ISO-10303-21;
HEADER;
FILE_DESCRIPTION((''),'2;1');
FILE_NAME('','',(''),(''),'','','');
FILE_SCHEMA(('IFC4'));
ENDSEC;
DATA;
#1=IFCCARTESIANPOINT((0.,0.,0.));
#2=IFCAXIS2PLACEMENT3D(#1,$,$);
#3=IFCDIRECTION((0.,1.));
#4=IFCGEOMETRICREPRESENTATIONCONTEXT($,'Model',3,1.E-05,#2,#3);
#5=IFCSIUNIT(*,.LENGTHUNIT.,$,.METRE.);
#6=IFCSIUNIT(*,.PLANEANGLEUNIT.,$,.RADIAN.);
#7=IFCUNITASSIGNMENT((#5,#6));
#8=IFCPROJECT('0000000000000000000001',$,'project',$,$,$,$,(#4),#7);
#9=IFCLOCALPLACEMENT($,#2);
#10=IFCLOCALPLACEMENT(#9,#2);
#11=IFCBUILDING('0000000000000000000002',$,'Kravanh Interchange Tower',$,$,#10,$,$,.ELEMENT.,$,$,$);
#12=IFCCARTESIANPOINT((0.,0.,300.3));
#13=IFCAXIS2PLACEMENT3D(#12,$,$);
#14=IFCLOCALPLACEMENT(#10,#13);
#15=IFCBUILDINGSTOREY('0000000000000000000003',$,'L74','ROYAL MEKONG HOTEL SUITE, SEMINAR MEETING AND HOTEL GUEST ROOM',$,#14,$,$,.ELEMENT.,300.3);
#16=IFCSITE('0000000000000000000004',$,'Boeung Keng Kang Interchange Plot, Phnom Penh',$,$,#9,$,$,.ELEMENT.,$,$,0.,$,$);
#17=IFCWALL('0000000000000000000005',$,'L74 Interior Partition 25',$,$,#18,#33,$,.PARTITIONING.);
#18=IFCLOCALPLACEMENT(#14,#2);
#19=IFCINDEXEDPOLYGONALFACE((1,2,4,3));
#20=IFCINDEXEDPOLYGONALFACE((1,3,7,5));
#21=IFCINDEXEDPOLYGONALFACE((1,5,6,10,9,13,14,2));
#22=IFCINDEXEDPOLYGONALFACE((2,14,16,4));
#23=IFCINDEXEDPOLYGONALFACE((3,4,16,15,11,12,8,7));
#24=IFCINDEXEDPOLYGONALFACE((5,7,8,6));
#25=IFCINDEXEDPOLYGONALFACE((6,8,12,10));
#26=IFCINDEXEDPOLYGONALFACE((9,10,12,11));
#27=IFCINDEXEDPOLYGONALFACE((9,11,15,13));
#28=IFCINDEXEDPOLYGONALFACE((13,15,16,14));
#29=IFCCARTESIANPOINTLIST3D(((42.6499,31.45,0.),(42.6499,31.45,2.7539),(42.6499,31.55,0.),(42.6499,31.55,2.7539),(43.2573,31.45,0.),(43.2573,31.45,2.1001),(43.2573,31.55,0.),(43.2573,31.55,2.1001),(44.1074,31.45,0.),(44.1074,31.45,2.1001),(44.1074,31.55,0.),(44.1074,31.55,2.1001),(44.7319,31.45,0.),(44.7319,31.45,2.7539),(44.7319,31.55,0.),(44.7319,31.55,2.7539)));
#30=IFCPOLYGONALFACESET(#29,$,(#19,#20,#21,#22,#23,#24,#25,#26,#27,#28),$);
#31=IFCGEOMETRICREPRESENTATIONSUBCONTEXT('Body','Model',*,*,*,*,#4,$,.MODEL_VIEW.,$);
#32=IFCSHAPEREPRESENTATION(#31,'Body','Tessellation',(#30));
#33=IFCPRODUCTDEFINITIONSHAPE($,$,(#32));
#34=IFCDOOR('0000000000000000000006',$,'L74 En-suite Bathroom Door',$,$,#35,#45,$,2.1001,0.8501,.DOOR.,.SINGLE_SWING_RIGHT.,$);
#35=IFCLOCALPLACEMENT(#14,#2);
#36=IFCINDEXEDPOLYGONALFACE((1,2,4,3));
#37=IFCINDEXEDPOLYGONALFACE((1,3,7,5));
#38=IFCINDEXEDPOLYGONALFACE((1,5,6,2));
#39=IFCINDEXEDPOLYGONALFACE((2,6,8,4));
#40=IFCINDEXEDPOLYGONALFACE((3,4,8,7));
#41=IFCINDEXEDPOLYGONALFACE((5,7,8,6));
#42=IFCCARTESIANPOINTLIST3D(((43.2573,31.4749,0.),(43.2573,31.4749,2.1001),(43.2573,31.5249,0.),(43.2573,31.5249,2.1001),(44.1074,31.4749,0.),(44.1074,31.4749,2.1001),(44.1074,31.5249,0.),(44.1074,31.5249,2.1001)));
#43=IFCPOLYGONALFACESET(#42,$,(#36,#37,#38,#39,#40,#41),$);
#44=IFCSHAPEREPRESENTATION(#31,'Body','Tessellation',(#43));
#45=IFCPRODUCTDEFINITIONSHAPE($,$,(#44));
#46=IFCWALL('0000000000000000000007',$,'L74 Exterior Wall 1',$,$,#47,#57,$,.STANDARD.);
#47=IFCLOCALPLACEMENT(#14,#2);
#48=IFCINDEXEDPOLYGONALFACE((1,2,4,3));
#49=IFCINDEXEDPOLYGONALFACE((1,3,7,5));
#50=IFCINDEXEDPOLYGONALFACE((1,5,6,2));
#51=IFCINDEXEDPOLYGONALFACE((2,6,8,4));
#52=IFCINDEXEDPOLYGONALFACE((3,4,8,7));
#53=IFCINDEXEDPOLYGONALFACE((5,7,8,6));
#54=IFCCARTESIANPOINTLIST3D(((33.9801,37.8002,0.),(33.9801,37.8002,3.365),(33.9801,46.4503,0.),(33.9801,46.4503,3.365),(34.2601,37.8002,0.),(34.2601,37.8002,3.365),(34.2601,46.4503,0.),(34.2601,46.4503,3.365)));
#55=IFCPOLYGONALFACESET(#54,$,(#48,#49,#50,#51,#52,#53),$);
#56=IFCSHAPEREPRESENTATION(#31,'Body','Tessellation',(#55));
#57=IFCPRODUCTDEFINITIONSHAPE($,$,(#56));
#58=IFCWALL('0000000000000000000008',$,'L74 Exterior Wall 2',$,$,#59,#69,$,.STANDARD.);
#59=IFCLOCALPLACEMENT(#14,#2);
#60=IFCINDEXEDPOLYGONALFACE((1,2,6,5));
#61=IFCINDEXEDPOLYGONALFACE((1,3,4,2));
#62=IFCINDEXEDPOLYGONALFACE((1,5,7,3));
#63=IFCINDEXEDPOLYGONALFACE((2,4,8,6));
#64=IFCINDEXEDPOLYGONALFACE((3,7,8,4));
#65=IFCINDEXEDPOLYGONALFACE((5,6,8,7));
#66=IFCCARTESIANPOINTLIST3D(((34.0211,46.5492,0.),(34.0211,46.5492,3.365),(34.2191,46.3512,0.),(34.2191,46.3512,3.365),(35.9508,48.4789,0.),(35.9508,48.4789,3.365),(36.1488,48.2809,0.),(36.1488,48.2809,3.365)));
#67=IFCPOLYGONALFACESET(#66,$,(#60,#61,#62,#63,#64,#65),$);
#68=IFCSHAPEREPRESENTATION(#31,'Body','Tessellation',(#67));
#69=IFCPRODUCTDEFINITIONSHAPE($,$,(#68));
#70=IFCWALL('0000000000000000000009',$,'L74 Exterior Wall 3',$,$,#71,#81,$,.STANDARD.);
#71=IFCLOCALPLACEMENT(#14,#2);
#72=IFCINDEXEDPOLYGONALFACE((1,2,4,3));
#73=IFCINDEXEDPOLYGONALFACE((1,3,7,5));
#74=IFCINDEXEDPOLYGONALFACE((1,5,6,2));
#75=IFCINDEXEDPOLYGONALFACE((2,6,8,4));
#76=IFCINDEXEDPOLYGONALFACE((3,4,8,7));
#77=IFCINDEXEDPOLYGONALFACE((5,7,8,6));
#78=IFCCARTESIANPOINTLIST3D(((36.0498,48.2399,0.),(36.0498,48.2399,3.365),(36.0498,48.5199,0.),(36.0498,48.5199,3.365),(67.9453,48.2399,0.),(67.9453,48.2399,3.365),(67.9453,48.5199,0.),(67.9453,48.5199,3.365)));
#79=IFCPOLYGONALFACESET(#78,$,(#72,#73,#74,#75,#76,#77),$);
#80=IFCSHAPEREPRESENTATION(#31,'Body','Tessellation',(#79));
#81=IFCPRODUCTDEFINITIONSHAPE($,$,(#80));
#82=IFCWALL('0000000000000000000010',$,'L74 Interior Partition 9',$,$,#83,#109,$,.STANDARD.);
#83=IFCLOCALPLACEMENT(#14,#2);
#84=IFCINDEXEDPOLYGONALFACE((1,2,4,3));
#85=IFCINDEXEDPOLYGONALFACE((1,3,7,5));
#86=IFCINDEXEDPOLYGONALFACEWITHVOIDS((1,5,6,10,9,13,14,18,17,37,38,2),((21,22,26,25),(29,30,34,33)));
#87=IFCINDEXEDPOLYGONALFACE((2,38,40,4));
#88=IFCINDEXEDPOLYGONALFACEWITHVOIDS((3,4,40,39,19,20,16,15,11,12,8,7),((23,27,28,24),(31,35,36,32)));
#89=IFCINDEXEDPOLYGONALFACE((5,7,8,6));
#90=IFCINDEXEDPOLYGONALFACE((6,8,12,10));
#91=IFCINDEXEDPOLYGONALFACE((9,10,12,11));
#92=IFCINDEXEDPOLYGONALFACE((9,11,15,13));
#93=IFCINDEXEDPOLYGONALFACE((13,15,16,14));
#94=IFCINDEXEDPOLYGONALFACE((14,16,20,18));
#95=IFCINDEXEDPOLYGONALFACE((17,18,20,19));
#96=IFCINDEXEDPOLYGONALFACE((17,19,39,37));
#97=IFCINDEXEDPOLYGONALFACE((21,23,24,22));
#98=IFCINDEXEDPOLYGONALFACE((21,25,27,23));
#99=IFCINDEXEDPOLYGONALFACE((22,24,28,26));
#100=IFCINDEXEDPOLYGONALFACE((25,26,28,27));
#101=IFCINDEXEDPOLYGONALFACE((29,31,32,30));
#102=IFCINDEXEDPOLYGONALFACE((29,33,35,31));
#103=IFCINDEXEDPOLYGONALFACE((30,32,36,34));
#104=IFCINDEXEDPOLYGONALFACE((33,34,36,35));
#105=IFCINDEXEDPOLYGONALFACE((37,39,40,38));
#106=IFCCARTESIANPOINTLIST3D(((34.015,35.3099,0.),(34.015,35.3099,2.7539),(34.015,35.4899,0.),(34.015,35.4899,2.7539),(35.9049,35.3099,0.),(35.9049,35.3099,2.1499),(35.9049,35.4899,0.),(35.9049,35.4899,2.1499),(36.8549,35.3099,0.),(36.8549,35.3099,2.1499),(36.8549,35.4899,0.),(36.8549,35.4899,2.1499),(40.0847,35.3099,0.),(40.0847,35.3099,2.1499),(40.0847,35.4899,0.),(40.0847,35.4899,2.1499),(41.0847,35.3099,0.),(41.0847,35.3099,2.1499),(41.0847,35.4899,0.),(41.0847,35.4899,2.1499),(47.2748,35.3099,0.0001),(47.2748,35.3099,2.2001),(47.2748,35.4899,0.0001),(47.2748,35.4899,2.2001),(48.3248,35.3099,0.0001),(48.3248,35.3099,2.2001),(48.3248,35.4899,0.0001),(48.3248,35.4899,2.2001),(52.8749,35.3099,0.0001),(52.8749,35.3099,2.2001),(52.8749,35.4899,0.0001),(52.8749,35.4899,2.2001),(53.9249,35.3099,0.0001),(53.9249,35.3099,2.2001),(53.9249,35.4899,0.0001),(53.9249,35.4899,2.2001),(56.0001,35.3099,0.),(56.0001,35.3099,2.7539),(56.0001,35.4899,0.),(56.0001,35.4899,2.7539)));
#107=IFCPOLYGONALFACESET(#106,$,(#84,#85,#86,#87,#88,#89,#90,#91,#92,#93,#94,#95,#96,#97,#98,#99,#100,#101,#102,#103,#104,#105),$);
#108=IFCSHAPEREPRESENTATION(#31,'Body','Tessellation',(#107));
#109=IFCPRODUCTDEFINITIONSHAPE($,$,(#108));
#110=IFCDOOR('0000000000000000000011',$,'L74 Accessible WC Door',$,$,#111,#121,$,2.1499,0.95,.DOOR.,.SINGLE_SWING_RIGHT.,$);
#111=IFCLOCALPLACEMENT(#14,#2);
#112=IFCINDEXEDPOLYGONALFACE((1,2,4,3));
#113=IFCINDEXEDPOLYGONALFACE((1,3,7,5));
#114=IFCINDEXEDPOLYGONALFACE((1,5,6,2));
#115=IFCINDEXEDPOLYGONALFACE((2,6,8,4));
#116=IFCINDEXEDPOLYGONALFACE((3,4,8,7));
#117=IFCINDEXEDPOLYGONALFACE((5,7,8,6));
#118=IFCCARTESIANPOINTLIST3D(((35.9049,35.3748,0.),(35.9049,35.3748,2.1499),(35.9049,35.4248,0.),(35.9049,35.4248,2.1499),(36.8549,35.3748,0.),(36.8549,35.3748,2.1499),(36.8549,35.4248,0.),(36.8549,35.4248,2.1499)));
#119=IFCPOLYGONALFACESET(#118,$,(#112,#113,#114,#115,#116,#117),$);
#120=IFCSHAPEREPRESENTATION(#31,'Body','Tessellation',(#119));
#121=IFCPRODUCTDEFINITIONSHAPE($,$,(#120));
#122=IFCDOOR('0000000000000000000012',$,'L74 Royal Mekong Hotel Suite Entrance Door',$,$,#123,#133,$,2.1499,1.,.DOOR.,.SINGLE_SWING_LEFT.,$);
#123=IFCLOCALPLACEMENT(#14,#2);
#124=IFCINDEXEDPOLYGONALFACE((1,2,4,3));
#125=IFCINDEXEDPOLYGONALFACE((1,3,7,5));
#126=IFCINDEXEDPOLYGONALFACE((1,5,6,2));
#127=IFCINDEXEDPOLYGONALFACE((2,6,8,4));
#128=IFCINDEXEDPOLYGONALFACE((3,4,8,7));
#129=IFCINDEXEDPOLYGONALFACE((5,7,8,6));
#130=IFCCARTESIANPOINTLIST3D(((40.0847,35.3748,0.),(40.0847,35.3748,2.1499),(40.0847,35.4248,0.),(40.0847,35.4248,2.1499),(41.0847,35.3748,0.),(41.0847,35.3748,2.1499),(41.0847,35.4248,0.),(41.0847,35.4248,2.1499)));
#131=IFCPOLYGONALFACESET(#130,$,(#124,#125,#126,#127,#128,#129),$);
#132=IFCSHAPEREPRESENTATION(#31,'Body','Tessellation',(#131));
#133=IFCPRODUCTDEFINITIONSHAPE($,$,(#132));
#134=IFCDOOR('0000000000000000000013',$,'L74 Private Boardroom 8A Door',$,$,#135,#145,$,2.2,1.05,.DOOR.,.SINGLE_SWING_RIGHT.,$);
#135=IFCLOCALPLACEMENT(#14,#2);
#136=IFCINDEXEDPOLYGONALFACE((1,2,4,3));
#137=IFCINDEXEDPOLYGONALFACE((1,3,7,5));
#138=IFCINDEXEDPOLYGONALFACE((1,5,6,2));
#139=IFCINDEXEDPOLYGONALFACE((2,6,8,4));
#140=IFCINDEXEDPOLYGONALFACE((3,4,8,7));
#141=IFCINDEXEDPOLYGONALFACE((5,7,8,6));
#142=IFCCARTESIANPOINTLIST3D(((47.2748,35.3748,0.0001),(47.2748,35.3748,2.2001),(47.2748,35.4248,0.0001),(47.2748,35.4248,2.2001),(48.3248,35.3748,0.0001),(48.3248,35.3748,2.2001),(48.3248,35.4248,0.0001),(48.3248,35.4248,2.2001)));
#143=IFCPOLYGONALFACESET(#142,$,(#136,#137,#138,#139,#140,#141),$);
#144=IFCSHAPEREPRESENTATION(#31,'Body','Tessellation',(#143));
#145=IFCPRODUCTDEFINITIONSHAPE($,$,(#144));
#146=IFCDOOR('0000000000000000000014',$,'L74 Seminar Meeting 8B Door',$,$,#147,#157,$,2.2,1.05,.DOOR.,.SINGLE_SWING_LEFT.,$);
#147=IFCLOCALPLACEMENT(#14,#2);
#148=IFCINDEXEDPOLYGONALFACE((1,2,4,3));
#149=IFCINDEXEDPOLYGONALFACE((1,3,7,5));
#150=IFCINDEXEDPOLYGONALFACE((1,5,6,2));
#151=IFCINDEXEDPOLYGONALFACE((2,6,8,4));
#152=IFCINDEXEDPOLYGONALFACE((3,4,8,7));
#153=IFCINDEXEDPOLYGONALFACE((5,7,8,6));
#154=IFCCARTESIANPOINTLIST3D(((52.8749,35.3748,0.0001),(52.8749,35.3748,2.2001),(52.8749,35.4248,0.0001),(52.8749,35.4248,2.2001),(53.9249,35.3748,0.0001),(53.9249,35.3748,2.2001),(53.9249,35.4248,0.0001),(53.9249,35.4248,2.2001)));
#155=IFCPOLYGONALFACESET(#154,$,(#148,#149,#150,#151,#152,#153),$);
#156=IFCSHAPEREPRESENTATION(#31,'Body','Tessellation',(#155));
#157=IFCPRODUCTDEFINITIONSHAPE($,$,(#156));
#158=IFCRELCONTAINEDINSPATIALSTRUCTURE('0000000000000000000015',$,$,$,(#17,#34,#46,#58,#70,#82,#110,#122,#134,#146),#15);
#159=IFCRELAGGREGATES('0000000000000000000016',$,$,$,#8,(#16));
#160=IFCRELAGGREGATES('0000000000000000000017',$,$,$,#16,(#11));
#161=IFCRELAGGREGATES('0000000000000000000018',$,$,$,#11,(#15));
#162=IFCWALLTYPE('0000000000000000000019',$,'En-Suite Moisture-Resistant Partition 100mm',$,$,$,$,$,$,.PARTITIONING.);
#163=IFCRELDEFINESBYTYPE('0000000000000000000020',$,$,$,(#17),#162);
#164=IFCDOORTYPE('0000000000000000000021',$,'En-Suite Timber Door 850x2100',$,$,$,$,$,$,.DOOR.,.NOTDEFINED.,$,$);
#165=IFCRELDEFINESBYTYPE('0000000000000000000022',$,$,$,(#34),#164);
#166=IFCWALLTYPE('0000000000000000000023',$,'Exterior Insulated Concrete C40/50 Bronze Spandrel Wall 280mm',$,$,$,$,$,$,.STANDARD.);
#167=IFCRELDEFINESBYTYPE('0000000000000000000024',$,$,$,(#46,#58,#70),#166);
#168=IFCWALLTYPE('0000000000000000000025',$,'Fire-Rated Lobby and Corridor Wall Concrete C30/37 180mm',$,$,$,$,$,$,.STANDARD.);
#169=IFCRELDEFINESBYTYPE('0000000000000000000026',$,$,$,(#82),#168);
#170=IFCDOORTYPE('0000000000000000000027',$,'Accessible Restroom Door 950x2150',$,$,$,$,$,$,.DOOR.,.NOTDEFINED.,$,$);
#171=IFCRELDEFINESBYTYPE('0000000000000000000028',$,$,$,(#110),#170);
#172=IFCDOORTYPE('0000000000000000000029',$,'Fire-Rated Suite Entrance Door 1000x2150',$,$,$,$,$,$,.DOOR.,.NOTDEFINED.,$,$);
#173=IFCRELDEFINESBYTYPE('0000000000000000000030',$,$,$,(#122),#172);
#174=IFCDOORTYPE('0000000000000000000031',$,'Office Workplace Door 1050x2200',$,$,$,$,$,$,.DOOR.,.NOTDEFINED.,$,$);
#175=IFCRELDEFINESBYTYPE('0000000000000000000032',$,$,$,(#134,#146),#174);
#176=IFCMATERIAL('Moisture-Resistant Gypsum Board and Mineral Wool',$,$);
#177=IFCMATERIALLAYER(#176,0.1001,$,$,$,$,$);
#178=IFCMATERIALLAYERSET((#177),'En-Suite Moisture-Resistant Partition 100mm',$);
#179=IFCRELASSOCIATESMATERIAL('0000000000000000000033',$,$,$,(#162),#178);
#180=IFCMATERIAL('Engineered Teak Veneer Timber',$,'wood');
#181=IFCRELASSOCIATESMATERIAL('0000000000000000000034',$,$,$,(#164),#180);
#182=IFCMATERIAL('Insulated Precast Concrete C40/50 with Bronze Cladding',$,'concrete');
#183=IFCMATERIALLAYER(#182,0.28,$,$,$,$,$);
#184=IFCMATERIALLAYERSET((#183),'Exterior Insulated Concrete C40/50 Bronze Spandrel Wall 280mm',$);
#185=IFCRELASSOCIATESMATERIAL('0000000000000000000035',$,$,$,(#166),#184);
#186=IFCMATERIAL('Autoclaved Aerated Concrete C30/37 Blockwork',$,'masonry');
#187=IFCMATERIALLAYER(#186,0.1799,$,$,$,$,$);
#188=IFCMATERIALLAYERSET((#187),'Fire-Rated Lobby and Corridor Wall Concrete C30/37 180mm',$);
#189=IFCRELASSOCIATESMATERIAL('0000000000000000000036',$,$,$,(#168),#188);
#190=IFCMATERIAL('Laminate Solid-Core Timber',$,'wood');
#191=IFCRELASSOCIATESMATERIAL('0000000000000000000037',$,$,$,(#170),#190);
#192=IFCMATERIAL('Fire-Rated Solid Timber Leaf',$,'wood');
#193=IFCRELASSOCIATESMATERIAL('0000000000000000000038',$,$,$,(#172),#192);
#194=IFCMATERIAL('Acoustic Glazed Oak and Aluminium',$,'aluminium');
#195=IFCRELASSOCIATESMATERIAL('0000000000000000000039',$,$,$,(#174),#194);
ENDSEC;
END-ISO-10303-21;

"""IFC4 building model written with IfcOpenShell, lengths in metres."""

from ifc_helpers import new_model, si_unit, direction, frame, frame_2d, origin, place, context, subcontext, project, spatial, rectangle, extrude, material, layer, layer_set, type_object, element, fill, save


model = new_model("IFC4")

# Units and contexts
model_context = context("Model", 3, precision=1e-05, world=origin(), true_north=direction((0.0, 1.0)))
body_context = subcontext(model_context, "Body", "Model", "MODEL_VIEW")
ifc_project = project(units=[si_unit("LENGTHUNIT", "METRE"), si_unit("PLANEANGLEUNIT", "RADIAN")], contexts=[model_context])

# Site, building, storey
site_placement = place(None, origin())
site = spatial("IfcSite", under=ifc_project, at=site_placement, Name="Boeung Keng Kang Interchange Plot, Phnom Penh", CompositionType="ELEMENT", RefElevation=0.0)
building_placement = place(site_placement, origin())
building = spatial("IfcBuilding", under=site, at=building_placement, Name="Kravanh Interchange Tower", CompositionType="ELEMENT")
storey_placement = place(building_placement, frame((0.0, 0.0, 300.3)))
storey = spatial("IfcBuildingStorey", under=building, at=storey_placement, Name="L74", Description="ROYAL MEKONG HOTEL SUITE, SEMINAR MEETING AND HOTEL GUEST ROOM", CompositionType="ELEMENT", Elevation=300.3)

# Shared definitions
ifc_material_1 = material(Name="Moisture-Resistant Gypsum Board and Mineral Wool")
ifc_layer_1 = layer(ifc_material_1, 0.1001)
ifc_layer_set_1 = layer_set([ifc_layer_1], Name="En-Suite Moisture-Resistant Partition 100mm")
wall_type_1 = type_object("IfcWallType", Name="En-Suite Moisture-Resistant Partition 100mm", PredefinedType="PARTITIONING", material=ifc_layer_set_1)

# Wall, opening, door
wall_1_placement = place(storey_placement, frame((42.6499, 31.5, 0.0), z_axis=(0.0, 0.0, 1.0), x_axis=(1.0, 0.0, 0.0)))
wall_1 = element("IfcWall", 1, at=wall_1_placement, inside=storey, type_object=wall_type_1, Name="L74 Interior Partition 25", PredefinedType="PARTITIONING", context=body_context, shape_type="SweptSolid", body=[
    extrude(rectangle(XDim=2.082, YDim=0.1001, at=frame_2d((1.041, 0.0))), origin(), (0.0, 0.0, 1.0), 2.7539),
])
opening_1_placement = place(wall_1_placement, frame((0.6074, 0.0, 0.0)))
opening_1 = element("IfcOpeningElement", 2, at=opening_1_placement, cuts=wall_1, PredefinedType="OPENING", context=body_context, shape_type="SweptSolid", body=[
    extrude(rectangle(XDim=0.8501, YDim=2.1001, at=frame_2d((0.425, 1.05))), frame((0.0, 0.0601, 0.0), z_axis=(0.0, -1.0, 0.0), x_axis=(1.0, 0.0, 0.0)), (0.0, 0.0, 1.0), 0.1201),
])
ifc_material_2 = material(Name="Engineered Teak Veneer Timber", Category="wood")
door_type_1 = type_object("IfcDoorType", Name="En-Suite Timber Door 850x2100", OperationType="NOTDEFINED", PredefinedType="DOOR", material=ifc_material_2)
door_1_placement = place(opening_1_placement, origin())
door_1 = element("IfcDoor", 3, at=door_1_placement, inside=storey, type_object=door_type_1, Name="L74 En-suite Bathroom Door", OperationType="SINGLE_SWING_RIGHT", OverallHeight=2.1001, OverallWidth=0.8501, PredefinedType="DOOR", context=body_context, shape_type="SweptSolid", body=[
    extrude(rectangle(XDim=0.8501, YDim=2.1001, at=frame_2d((0.425, 1.05))), frame((0.0, 0.0249, 0.0), z_axis=(0.0, -1.0, 0.0), x_axis=(1.0, 0.0, 0.0)), (0.0, 0.0, 1.0), 0.05),
])
fill(opening_1, door_1)

# Walls
ifc_material_3 = material(Name="Insulated Precast Concrete C40/50 with Bronze Cladding", Category="concrete")
ifc_layer_2 = layer(ifc_material_3, 0.28)
ifc_layer_set_2 = layer_set([ifc_layer_2], Name="Exterior Insulated Concrete C40/50 Bronze Spandrel Wall 280mm")
wall_type_2 = type_object("IfcWallType", Name="Exterior Insulated Concrete C40/50 Bronze Spandrel Wall 280mm", PredefinedType="STANDARD", material=ifc_layer_set_2)
wall_2_placement = place(storey_placement, frame((34.1201, 37.8, 0.0), z_axis=(0.0, 0.0, 1.0), x_axis=(0.0, 1.0, 0.0)))
element("IfcWall", 4, at=wall_2_placement, inside=storey, type_object=wall_type_2, Name="L74 Exterior Wall 1", PredefinedType="STANDARD", context=body_context, shape_type="SweptSolid", body=[
    extrude(rectangle(XDim=8.6501, YDim=0.28, at=frame_2d((4.3252, 0.0))), origin(), (0.0, 0.0, 1.0), 3.365),
])
wall_3_placement = place(storey_placement, frame((34.1201, 46.4502, 0.0), z_axis=(0.0, 0.0, 1.0), x_axis=(0.707107, 0.707107, 0.0)))
element("IfcWall", 5, at=wall_3_placement, inside=storey, type_object=wall_type_2, Name="L74 Exterior Wall 2", PredefinedType="STANDARD", context=body_context, shape_type="SweptSolid", body=[
    extrude(rectangle(XDim=2.729, YDim=0.28, at=frame_2d((1.3645, 0.0))), origin(), (0.0, 0.0, 1.0), 3.365),
])
wall_4_placement = place(storey_placement, frame((36.0498, 48.3799, 0.0), z_axis=(0.0, 0.0, 1.0), x_axis=(1.0, 0.0, 0.0)))
element("IfcWall", 6, at=wall_4_placement, inside=storey, type_object=wall_type_2, Name="L74 Exterior Wall 3", PredefinedType="STANDARD", context=body_context, shape_type="SweptSolid", body=[
    extrude(rectangle(XDim=31.8955, YDim=0.28, at=frame_2d((15.9478, 0.0))), origin(), (0.0, 0.0, 1.0), 3.365),
])

# Wall, openings, doors
ifc_material_4 = material(Name="Autoclaved Aerated Concrete C30/37 Blockwork", Category="masonry")
ifc_layer_3 = layer(ifc_material_4, 0.1799)
ifc_layer_set_3 = layer_set([ifc_layer_3], Name="Fire-Rated Lobby and Corridor Wall Concrete C30/37 180mm")
wall_type_3 = type_object("IfcWallType", Name="Fire-Rated Lobby and Corridor Wall Concrete C30/37 180mm", PredefinedType="STANDARD", material=ifc_layer_set_3)
wall_5_placement = place(storey_placement, frame((34.0149, 35.3999, 0.0), z_axis=(0.0, 0.0, 1.0), x_axis=(1.0, 0.0, 0.0)))
wall_5 = element("IfcWall", 7, at=wall_5_placement, inside=storey, type_object=wall_type_3, Name="L74 Interior Partition 9", PredefinedType="STANDARD", context=body_context, shape_type="SweptSolid", body=[
    extrude(rectangle(XDim=21.9851, YDim=0.1799, at=frame_2d((10.9927, 0.0))), origin(), (0.0, 0.0, 1.0), 2.7539),
])
opening_2_placement = place(wall_5_placement, frame((1.8899, 0.0, 0.0)))
opening_2 = element("IfcOpeningElement", 8, at=opening_2_placement, cuts=wall_5, PredefinedType="OPENING", context=body_context, shape_type="SweptSolid", body=[
    extrude(rectangle(XDim=0.95, YDim=2.1499, at=frame_2d((0.4751, 1.075))), frame((0.0, 0.1001, 0.0), z_axis=(0.0, -1.0, 0.0), x_axis=(1.0, 0.0, 0.0)), (0.0, 0.0, 1.0), 0.2),
])
opening_3_placement = place(wall_5_placement, frame((6.0698, 0.0, 0.0)))
opening_3 = element("IfcOpeningElement", 9, at=opening_3_placement, cuts=wall_5, PredefinedType="OPENING", context=body_context, shape_type="SweptSolid", body=[
    extrude(rectangle(XDim=1.0, YDim=2.1499, at=frame_2d((0.5, 1.075))), frame((0.0, 0.1001, 0.0), z_axis=(0.0, -1.0, 0.0), x_axis=(1.0, 0.0, 0.0)), (0.0, 0.0, 1.0), 0.2),
])
opening_4_placement = place(wall_5_placement, frame((13.26, 0.0, 0.0)))
opening_4 = element("IfcOpeningElement", 10, at=opening_4_placement, cuts=wall_5, PredefinedType="OPENING", context=body_context, shape_type="SweptSolid", body=[
    extrude(rectangle(XDim=1.05, YDim=2.2, at=frame_2d((0.5249, 1.1001))), frame((0.0, 0.1001, 0.0), z_axis=(0.0, -1.0, 0.0), x_axis=(1.0, 0.0, 0.0)), (0.0, 0.0, 1.0), 0.2),
])
opening_5_placement = place(wall_5_placement, frame((18.8601, 0.0, 0.0)))
opening_5 = element("IfcOpeningElement", 11, at=opening_5_placement, cuts=wall_5, PredefinedType="OPENING", context=body_context, shape_type="SweptSolid", body=[
    extrude(rectangle(XDim=1.05, YDim=2.2, at=frame_2d((0.5249, 1.1001))), frame((0.0, 0.1001, 0.0), z_axis=(0.0, -1.0, 0.0), x_axis=(1.0, 0.0, 0.0)), (0.0, 0.0, 1.0), 0.2),
])
ifc_material_5 = material(Name="Laminate Solid-Core Timber", Category="wood")
door_type_2 = type_object("IfcDoorType", Name="Accessible Restroom Door 950x2150", OperationType="NOTDEFINED", PredefinedType="DOOR", material=ifc_material_5)
door_2_placement = place(opening_2_placement, origin())
door_2 = element("IfcDoor", 12, at=door_2_placement, inside=storey, type_object=door_type_2, Name="L74 Accessible WC Door", OperationType="SINGLE_SWING_RIGHT", OverallHeight=2.1499, OverallWidth=0.95, PredefinedType="DOOR", context=body_context, shape_type="SweptSolid", body=[
    extrude(rectangle(XDim=0.95, YDim=2.1499, at=frame_2d((0.4751, 1.075))), frame((0.0, 0.0249, 0.0), z_axis=(0.0, -1.0, 0.0), x_axis=(1.0, 0.0, 0.0)), (0.0, 0.0, 1.0), 0.05),
])
fill(opening_2, door_2)
ifc_material_6 = material(Name="Fire-Rated Solid Timber Leaf", Category="wood")
door_type_3 = type_object("IfcDoorType", Name="Fire-Rated Suite Entrance Door 1000x2150", OperationType="NOTDEFINED", PredefinedType="DOOR", material=ifc_material_6)
door_3_placement = place(opening_3_placement, origin())
door_3 = element("IfcDoor", 13, at=door_3_placement, inside=storey, type_object=door_type_3, Name="L74 Royal Mekong Hotel Suite Entrance Door", OperationType="SINGLE_SWING_LEFT", OverallHeight=2.1499, OverallWidth=1.0, PredefinedType="DOOR", context=body_context, shape_type="SweptSolid", body=[
    extrude(rectangle(XDim=1.0, YDim=2.1499, at=frame_2d((0.5, 1.075))), frame((0.0, 0.0249, 0.0), z_axis=(0.0, -1.0, 0.0), x_axis=(1.0, 0.0, 0.0)), (0.0, 0.0, 1.0), 0.05),
])
fill(opening_3, door_3)
ifc_material_7 = material(Name="Acoustic Glazed Oak and Aluminium", Category="aluminium")
door_type_4 = type_object("IfcDoorType", Name="Office Workplace Door 1050x2200", OperationType="NOTDEFINED", PredefinedType="DOOR", material=ifc_material_7)
door_4_placement = place(opening_4_placement, origin())
door_4 = element("IfcDoor", 14, at=door_4_placement, inside=storey, type_object=door_type_4, Name="L74 Private Boardroom 8A Door", OperationType="SINGLE_SWING_RIGHT", OverallHeight=2.2, OverallWidth=1.05, PredefinedType="DOOR", context=body_context, shape_type="SweptSolid", body=[
    extrude(rectangle(XDim=1.05, YDim=2.2, at=frame_2d((0.5249, 1.1001))), frame((0.0, 0.0249, 0.0), z_axis=(0.0, -1.0, 0.0), x_axis=(1.0, 0.0, 0.0)), (0.0, 0.0, 1.0), 0.05),
])
fill(opening_4, door_4)
door_5_placement = place(opening_5_placement, origin())
door_5 = element("IfcDoor", 15, at=door_5_placement, inside=storey, type_object=door_type_4, Name="L74 Seminar Meeting 8B Door", OperationType="SINGLE_SWING_LEFT", OverallHeight=2.2, OverallWidth=1.05, PredefinedType="DOOR", context=body_context, shape_type="SweptSolid", body=[
    extrude(rectangle(XDim=1.05, YDim=2.2, at=frame_2d((0.5249, 1.1001))), frame((0.0, 0.0249, 0.0), z_axis=(0.0, -1.0, 0.0), x_axis=(1.0, 0.0, 0.0)), (0.0, 0.0, 1.0), 0.05),
])
fill(opening_5, door_5)

save(model, "model.ifc")
